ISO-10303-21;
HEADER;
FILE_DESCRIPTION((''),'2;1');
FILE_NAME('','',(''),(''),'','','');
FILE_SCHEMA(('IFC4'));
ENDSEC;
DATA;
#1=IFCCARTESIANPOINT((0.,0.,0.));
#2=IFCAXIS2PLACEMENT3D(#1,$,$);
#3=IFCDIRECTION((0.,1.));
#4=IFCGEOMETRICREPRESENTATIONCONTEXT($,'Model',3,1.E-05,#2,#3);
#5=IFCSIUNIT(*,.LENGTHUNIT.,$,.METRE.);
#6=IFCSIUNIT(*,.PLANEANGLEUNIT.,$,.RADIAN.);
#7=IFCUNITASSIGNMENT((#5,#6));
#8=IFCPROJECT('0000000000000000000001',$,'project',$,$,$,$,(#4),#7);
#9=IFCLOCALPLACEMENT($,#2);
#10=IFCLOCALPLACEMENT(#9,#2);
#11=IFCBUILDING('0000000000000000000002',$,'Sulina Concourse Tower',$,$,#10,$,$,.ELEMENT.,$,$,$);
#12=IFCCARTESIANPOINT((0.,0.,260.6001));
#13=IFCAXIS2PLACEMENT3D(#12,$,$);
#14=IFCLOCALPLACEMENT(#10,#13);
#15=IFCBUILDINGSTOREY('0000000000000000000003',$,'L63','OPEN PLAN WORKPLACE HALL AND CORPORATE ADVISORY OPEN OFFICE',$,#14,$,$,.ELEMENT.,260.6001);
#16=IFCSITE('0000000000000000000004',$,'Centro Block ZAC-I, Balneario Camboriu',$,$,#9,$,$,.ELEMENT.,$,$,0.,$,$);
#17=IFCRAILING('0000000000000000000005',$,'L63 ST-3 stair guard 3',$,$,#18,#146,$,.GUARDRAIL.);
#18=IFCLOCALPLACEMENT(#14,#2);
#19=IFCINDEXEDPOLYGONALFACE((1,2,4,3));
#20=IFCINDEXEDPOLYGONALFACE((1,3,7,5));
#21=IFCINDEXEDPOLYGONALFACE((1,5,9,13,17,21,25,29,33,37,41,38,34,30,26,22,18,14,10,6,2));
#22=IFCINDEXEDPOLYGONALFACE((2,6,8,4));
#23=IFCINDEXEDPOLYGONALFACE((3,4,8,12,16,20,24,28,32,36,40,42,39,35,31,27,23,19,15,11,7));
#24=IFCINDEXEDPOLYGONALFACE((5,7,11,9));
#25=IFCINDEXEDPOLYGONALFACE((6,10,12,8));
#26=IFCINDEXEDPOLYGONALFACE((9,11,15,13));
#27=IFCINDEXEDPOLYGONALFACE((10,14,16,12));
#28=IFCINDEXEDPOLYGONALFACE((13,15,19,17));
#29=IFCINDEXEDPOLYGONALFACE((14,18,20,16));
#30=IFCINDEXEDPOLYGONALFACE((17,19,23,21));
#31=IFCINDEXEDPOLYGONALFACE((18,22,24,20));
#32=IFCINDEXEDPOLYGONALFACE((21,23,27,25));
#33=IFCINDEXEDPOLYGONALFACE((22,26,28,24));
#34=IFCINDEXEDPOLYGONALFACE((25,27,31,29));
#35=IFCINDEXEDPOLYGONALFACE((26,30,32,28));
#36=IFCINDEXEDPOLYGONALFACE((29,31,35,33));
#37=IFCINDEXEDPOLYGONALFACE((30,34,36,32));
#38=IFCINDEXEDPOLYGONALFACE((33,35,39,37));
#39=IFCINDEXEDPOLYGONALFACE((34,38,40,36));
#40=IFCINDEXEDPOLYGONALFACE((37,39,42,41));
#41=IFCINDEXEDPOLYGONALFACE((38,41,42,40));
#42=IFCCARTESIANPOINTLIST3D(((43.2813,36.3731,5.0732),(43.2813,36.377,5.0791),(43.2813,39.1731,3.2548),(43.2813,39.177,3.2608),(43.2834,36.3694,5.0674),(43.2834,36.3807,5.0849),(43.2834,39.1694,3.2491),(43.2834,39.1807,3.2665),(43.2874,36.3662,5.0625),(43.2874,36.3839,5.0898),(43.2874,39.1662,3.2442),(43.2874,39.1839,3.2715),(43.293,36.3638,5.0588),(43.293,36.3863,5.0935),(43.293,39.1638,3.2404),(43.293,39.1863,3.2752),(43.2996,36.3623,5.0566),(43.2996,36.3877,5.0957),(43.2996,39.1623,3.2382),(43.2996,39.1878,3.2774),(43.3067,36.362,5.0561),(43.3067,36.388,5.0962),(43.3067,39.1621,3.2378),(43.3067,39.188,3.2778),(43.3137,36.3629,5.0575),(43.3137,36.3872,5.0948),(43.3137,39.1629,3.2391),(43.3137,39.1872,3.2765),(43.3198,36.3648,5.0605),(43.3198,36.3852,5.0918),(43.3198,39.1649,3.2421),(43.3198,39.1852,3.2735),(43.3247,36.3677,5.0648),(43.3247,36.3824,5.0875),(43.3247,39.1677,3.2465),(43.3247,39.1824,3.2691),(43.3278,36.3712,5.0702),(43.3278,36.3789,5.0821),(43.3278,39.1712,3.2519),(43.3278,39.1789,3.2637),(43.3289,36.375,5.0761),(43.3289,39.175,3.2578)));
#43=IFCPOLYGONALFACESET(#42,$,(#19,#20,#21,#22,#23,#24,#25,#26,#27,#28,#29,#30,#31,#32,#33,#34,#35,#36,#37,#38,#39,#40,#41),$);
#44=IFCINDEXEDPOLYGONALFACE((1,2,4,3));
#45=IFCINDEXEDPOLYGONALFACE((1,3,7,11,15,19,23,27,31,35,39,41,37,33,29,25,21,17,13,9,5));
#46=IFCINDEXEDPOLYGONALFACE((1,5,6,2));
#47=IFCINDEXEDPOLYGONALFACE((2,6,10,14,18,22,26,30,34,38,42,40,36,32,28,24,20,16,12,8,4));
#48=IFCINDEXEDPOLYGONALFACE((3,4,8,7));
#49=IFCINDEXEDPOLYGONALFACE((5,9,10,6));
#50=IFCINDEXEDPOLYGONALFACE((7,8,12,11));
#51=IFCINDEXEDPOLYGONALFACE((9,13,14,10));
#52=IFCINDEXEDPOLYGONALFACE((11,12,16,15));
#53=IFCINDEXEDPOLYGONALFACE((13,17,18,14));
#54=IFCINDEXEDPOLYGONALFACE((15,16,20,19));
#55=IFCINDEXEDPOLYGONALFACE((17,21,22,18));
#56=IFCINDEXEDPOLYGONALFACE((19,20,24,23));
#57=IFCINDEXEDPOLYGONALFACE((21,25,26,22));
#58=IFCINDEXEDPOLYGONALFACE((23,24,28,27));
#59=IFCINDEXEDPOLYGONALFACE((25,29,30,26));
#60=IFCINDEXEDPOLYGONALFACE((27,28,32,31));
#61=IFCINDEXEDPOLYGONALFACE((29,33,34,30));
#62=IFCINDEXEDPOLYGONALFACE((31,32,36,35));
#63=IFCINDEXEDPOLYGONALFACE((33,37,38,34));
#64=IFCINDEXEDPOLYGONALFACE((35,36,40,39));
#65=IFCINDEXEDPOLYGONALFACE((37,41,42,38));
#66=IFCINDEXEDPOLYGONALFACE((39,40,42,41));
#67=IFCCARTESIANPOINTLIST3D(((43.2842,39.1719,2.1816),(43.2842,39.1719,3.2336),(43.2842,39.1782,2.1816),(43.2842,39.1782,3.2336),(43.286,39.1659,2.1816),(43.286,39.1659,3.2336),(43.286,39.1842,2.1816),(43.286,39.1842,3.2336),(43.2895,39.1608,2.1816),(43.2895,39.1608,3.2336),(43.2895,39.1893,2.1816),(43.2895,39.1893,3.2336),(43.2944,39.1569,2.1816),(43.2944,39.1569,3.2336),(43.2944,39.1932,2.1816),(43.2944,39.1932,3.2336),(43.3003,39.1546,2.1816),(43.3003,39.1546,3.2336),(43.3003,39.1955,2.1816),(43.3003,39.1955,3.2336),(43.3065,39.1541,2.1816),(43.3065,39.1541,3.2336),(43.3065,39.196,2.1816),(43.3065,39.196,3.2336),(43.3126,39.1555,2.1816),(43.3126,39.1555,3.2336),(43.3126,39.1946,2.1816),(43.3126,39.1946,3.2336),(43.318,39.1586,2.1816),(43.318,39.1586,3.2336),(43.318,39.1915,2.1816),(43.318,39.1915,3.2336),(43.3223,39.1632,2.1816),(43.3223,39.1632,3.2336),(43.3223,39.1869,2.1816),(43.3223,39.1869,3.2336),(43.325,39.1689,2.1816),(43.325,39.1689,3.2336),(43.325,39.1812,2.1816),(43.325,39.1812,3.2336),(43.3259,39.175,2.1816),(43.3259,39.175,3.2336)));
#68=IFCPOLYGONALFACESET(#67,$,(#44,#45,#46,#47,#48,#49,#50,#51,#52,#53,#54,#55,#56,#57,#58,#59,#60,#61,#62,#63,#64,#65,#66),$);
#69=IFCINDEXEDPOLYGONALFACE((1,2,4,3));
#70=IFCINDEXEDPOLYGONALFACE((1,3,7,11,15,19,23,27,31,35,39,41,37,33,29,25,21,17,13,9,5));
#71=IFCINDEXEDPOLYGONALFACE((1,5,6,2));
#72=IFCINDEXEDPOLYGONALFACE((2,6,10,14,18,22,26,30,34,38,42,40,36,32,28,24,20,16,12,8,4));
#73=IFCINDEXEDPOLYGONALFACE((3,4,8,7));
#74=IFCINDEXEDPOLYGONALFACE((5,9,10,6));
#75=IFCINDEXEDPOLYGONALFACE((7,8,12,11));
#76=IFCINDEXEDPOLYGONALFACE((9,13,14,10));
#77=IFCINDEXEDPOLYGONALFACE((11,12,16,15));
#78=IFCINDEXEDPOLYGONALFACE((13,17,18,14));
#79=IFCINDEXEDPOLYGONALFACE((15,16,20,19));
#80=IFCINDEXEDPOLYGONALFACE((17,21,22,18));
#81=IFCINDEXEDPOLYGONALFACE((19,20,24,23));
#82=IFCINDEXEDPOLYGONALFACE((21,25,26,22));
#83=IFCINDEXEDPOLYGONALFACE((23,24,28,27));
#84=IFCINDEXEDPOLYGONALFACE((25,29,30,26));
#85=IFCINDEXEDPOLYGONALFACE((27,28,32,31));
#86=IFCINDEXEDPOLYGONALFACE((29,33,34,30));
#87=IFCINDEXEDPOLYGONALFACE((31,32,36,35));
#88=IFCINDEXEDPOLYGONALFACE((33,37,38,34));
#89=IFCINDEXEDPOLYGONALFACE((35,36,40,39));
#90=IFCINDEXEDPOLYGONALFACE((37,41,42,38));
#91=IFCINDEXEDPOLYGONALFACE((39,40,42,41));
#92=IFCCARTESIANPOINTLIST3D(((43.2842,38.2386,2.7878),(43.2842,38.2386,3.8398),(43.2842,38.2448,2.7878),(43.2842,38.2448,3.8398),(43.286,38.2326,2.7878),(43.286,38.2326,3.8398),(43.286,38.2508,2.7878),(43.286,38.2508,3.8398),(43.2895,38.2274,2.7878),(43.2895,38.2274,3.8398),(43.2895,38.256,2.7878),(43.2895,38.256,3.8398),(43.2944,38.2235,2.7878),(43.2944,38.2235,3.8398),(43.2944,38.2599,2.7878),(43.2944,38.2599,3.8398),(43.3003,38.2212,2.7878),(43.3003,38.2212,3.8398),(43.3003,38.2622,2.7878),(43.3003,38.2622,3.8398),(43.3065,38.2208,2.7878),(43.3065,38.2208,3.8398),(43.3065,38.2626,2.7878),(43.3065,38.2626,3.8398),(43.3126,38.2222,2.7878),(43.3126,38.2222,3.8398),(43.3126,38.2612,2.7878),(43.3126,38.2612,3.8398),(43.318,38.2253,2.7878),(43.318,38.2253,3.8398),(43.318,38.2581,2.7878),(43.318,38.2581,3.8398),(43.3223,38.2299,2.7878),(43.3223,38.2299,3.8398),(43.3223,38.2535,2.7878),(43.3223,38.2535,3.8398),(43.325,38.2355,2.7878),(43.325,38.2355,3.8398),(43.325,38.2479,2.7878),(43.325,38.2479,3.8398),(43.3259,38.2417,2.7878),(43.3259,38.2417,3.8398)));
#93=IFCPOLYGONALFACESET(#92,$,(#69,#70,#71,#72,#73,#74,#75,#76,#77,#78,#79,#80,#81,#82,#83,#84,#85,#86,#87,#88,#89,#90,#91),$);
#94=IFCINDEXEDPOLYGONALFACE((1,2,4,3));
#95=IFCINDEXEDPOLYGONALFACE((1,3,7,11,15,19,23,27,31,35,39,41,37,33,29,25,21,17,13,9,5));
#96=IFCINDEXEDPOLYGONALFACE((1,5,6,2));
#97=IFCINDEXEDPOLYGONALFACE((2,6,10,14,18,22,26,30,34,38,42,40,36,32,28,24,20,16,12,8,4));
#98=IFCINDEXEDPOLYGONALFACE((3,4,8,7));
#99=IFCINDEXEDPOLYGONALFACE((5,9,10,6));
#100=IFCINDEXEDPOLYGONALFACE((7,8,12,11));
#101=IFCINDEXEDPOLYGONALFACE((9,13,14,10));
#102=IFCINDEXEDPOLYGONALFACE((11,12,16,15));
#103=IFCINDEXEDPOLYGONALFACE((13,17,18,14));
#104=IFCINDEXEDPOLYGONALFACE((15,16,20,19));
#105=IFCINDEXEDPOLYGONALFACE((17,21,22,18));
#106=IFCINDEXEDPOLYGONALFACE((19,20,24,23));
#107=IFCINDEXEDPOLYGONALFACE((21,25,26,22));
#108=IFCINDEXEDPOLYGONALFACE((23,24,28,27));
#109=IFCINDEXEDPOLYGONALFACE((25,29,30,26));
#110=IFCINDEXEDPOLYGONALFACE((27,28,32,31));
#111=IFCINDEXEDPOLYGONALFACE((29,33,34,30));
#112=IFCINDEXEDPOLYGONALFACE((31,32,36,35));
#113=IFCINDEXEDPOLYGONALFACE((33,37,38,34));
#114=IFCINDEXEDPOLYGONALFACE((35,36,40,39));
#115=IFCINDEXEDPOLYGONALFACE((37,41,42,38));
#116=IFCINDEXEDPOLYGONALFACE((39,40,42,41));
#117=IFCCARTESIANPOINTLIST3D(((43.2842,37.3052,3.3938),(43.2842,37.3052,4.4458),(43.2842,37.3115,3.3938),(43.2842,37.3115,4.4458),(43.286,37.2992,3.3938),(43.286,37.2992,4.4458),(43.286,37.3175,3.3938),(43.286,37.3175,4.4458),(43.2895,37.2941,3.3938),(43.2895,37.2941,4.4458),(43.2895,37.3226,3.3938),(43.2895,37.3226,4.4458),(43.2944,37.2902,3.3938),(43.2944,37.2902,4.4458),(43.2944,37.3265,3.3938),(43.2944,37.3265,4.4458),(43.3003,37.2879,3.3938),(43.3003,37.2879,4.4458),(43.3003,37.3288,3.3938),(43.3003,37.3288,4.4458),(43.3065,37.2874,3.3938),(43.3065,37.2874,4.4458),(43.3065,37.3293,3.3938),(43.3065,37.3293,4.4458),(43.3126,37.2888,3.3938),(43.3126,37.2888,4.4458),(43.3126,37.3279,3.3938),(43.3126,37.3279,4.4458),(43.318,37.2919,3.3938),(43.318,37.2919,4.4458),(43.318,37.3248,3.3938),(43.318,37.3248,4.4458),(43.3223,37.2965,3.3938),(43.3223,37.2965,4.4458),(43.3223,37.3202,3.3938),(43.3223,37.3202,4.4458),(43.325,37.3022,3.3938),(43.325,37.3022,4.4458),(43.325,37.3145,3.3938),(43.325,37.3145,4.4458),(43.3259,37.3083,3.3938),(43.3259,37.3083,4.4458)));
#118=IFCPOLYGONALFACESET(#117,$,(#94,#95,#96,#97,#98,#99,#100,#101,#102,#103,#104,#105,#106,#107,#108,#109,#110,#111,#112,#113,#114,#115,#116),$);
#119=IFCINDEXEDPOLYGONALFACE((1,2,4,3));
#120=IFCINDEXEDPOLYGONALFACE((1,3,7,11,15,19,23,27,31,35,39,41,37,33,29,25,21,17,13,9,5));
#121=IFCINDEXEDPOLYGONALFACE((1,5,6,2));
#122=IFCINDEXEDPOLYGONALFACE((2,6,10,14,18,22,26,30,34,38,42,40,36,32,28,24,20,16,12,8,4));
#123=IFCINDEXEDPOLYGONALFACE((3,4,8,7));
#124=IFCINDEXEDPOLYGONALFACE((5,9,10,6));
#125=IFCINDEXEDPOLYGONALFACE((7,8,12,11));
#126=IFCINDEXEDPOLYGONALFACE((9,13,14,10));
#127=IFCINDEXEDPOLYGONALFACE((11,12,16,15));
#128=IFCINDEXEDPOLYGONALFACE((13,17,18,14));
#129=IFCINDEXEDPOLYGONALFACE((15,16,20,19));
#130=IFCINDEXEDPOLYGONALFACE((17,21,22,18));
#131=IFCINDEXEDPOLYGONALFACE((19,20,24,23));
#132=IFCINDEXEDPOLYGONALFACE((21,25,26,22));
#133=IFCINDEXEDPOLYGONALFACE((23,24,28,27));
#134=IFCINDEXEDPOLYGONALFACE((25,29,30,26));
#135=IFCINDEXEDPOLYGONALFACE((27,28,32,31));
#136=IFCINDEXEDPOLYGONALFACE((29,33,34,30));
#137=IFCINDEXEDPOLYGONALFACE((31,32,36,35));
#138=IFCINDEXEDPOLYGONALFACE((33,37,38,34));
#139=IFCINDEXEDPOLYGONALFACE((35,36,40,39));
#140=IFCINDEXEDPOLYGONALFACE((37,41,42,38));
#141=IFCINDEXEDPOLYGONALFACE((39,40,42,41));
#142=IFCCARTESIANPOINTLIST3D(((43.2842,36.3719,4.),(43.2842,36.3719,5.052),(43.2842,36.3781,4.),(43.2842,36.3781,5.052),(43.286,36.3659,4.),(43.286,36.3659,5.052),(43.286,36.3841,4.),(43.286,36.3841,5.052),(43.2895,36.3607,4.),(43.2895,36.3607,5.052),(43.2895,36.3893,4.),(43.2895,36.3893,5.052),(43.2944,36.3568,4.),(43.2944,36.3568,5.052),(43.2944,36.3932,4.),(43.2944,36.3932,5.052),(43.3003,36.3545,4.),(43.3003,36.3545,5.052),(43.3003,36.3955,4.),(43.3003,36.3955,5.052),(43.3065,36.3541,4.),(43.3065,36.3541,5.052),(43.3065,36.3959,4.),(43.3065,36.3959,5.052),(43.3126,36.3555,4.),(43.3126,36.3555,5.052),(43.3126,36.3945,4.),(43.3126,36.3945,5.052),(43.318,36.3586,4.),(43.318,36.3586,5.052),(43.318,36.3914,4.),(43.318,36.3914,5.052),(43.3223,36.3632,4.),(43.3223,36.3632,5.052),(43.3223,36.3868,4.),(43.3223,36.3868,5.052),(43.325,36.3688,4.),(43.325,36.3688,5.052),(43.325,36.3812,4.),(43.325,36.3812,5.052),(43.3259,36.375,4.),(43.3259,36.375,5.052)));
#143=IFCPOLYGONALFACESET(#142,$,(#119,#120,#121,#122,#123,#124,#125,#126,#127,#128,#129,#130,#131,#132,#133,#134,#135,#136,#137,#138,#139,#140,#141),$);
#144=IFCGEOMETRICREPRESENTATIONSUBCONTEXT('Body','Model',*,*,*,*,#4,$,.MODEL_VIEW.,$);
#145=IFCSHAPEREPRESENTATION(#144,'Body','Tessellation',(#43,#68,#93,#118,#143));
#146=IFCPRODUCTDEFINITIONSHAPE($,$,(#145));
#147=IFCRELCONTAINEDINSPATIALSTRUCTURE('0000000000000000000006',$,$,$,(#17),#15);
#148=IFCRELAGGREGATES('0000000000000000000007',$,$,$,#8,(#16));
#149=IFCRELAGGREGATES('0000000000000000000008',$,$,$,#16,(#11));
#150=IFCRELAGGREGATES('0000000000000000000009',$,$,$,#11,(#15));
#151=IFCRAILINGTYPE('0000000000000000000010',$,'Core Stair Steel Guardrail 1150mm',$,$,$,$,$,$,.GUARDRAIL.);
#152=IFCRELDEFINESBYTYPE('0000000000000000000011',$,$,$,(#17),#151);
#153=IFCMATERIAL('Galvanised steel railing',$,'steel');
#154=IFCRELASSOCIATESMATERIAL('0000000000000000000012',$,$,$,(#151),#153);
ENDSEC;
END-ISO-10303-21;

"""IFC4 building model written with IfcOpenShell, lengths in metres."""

from ifc_helpers import new_model, si_unit, direction, frame, origin, origin_2d, place, context, subcontext, project, spatial, circle, extrude, material, type_object, element, save


model = new_model("IFC4")

# Units and contexts
model_context = context("Model", 3, precision=1e-05, world=origin(), true_north=direction((0.0, 1.0)))
body_context = subcontext(model_context, "Body", "Model", "MODEL_VIEW")
ifc_project = project(units=[si_unit("LENGTHUNIT", "METRE"), si_unit("PLANEANGLEUNIT", "RADIAN")], contexts=[model_context])

# Site, building, storey
site_placement = place(None, origin())
site = spatial("IfcSite", under=ifc_project, at=site_placement, Name="Centro Block ZAC-I, Balneario Camboriu", CompositionType="ELEMENT", RefElevation=0.0)
building_placement = place(site_placement, origin())
building = spatial("IfcBuilding", under=site, at=building_placement, Name="Sulina Concourse Tower", CompositionType="ELEMENT")
storey_placement = place(building_placement, frame((0.0, 0.0, 260.6001)))
storey = spatial("IfcBuildingStorey", under=building, at=storey_placement, Name="L63", Description="OPEN PLAN WORKPLACE HALL AND CORPORATE ADVISORY OPEN OFFICE", CompositionType="ELEMENT", Elevation=260.6001)

# Railing
ifc_material_1 = material(Name="Galvanised steel railing", Category="steel")
railing_type_1 = type_object("IfcRailingType", Name="Core Stair Steel Guardrail 1150mm", PredefinedType="GUARDRAIL", material=ifc_material_1)
railing_1_placement = place(storey_placement, frame((43.3049, 39.175, 2.1816)))
element("IfcRailing", 1, at=railing_1_placement, inside=storey, type_object=railing_type_1, Name="L63 ST-3 stair guard 3", PredefinedType="GUARDRAIL", context=body_context, shape_type="SweptSolid", body=[
    extrude(circle(Radius=0.0239, at=origin_2d()), frame((0.0, 0.0, 1.0762), z_axis=(0.0, -0.838672, 0.544636), x_axis=(1.0, 0.0, 0.0)), (0.0, 0.0, 1.0), 3.3386),
    extrude(circle(Radius=0.021, at=origin_2d()), origin(), (0.0, 0.0, 1.0), 1.052),
    extrude(circle(Radius=0.021, at=origin_2d()), frame((0.0, -0.9333, 0.6062)), (0.0, 0.0, 1.0), 1.052),
    extrude(circle(Radius=0.021, at=origin_2d()), frame((0.0, -1.8667, 1.2122)), (0.0, 0.0, 1.0), 1.052),
    extrude(circle(Radius=0.021, at=origin_2d()), frame((0.0, -2.8, 1.8184)), (0.0, 0.0, 1.0), 1.052),
])

save(model, "model.ifc")
